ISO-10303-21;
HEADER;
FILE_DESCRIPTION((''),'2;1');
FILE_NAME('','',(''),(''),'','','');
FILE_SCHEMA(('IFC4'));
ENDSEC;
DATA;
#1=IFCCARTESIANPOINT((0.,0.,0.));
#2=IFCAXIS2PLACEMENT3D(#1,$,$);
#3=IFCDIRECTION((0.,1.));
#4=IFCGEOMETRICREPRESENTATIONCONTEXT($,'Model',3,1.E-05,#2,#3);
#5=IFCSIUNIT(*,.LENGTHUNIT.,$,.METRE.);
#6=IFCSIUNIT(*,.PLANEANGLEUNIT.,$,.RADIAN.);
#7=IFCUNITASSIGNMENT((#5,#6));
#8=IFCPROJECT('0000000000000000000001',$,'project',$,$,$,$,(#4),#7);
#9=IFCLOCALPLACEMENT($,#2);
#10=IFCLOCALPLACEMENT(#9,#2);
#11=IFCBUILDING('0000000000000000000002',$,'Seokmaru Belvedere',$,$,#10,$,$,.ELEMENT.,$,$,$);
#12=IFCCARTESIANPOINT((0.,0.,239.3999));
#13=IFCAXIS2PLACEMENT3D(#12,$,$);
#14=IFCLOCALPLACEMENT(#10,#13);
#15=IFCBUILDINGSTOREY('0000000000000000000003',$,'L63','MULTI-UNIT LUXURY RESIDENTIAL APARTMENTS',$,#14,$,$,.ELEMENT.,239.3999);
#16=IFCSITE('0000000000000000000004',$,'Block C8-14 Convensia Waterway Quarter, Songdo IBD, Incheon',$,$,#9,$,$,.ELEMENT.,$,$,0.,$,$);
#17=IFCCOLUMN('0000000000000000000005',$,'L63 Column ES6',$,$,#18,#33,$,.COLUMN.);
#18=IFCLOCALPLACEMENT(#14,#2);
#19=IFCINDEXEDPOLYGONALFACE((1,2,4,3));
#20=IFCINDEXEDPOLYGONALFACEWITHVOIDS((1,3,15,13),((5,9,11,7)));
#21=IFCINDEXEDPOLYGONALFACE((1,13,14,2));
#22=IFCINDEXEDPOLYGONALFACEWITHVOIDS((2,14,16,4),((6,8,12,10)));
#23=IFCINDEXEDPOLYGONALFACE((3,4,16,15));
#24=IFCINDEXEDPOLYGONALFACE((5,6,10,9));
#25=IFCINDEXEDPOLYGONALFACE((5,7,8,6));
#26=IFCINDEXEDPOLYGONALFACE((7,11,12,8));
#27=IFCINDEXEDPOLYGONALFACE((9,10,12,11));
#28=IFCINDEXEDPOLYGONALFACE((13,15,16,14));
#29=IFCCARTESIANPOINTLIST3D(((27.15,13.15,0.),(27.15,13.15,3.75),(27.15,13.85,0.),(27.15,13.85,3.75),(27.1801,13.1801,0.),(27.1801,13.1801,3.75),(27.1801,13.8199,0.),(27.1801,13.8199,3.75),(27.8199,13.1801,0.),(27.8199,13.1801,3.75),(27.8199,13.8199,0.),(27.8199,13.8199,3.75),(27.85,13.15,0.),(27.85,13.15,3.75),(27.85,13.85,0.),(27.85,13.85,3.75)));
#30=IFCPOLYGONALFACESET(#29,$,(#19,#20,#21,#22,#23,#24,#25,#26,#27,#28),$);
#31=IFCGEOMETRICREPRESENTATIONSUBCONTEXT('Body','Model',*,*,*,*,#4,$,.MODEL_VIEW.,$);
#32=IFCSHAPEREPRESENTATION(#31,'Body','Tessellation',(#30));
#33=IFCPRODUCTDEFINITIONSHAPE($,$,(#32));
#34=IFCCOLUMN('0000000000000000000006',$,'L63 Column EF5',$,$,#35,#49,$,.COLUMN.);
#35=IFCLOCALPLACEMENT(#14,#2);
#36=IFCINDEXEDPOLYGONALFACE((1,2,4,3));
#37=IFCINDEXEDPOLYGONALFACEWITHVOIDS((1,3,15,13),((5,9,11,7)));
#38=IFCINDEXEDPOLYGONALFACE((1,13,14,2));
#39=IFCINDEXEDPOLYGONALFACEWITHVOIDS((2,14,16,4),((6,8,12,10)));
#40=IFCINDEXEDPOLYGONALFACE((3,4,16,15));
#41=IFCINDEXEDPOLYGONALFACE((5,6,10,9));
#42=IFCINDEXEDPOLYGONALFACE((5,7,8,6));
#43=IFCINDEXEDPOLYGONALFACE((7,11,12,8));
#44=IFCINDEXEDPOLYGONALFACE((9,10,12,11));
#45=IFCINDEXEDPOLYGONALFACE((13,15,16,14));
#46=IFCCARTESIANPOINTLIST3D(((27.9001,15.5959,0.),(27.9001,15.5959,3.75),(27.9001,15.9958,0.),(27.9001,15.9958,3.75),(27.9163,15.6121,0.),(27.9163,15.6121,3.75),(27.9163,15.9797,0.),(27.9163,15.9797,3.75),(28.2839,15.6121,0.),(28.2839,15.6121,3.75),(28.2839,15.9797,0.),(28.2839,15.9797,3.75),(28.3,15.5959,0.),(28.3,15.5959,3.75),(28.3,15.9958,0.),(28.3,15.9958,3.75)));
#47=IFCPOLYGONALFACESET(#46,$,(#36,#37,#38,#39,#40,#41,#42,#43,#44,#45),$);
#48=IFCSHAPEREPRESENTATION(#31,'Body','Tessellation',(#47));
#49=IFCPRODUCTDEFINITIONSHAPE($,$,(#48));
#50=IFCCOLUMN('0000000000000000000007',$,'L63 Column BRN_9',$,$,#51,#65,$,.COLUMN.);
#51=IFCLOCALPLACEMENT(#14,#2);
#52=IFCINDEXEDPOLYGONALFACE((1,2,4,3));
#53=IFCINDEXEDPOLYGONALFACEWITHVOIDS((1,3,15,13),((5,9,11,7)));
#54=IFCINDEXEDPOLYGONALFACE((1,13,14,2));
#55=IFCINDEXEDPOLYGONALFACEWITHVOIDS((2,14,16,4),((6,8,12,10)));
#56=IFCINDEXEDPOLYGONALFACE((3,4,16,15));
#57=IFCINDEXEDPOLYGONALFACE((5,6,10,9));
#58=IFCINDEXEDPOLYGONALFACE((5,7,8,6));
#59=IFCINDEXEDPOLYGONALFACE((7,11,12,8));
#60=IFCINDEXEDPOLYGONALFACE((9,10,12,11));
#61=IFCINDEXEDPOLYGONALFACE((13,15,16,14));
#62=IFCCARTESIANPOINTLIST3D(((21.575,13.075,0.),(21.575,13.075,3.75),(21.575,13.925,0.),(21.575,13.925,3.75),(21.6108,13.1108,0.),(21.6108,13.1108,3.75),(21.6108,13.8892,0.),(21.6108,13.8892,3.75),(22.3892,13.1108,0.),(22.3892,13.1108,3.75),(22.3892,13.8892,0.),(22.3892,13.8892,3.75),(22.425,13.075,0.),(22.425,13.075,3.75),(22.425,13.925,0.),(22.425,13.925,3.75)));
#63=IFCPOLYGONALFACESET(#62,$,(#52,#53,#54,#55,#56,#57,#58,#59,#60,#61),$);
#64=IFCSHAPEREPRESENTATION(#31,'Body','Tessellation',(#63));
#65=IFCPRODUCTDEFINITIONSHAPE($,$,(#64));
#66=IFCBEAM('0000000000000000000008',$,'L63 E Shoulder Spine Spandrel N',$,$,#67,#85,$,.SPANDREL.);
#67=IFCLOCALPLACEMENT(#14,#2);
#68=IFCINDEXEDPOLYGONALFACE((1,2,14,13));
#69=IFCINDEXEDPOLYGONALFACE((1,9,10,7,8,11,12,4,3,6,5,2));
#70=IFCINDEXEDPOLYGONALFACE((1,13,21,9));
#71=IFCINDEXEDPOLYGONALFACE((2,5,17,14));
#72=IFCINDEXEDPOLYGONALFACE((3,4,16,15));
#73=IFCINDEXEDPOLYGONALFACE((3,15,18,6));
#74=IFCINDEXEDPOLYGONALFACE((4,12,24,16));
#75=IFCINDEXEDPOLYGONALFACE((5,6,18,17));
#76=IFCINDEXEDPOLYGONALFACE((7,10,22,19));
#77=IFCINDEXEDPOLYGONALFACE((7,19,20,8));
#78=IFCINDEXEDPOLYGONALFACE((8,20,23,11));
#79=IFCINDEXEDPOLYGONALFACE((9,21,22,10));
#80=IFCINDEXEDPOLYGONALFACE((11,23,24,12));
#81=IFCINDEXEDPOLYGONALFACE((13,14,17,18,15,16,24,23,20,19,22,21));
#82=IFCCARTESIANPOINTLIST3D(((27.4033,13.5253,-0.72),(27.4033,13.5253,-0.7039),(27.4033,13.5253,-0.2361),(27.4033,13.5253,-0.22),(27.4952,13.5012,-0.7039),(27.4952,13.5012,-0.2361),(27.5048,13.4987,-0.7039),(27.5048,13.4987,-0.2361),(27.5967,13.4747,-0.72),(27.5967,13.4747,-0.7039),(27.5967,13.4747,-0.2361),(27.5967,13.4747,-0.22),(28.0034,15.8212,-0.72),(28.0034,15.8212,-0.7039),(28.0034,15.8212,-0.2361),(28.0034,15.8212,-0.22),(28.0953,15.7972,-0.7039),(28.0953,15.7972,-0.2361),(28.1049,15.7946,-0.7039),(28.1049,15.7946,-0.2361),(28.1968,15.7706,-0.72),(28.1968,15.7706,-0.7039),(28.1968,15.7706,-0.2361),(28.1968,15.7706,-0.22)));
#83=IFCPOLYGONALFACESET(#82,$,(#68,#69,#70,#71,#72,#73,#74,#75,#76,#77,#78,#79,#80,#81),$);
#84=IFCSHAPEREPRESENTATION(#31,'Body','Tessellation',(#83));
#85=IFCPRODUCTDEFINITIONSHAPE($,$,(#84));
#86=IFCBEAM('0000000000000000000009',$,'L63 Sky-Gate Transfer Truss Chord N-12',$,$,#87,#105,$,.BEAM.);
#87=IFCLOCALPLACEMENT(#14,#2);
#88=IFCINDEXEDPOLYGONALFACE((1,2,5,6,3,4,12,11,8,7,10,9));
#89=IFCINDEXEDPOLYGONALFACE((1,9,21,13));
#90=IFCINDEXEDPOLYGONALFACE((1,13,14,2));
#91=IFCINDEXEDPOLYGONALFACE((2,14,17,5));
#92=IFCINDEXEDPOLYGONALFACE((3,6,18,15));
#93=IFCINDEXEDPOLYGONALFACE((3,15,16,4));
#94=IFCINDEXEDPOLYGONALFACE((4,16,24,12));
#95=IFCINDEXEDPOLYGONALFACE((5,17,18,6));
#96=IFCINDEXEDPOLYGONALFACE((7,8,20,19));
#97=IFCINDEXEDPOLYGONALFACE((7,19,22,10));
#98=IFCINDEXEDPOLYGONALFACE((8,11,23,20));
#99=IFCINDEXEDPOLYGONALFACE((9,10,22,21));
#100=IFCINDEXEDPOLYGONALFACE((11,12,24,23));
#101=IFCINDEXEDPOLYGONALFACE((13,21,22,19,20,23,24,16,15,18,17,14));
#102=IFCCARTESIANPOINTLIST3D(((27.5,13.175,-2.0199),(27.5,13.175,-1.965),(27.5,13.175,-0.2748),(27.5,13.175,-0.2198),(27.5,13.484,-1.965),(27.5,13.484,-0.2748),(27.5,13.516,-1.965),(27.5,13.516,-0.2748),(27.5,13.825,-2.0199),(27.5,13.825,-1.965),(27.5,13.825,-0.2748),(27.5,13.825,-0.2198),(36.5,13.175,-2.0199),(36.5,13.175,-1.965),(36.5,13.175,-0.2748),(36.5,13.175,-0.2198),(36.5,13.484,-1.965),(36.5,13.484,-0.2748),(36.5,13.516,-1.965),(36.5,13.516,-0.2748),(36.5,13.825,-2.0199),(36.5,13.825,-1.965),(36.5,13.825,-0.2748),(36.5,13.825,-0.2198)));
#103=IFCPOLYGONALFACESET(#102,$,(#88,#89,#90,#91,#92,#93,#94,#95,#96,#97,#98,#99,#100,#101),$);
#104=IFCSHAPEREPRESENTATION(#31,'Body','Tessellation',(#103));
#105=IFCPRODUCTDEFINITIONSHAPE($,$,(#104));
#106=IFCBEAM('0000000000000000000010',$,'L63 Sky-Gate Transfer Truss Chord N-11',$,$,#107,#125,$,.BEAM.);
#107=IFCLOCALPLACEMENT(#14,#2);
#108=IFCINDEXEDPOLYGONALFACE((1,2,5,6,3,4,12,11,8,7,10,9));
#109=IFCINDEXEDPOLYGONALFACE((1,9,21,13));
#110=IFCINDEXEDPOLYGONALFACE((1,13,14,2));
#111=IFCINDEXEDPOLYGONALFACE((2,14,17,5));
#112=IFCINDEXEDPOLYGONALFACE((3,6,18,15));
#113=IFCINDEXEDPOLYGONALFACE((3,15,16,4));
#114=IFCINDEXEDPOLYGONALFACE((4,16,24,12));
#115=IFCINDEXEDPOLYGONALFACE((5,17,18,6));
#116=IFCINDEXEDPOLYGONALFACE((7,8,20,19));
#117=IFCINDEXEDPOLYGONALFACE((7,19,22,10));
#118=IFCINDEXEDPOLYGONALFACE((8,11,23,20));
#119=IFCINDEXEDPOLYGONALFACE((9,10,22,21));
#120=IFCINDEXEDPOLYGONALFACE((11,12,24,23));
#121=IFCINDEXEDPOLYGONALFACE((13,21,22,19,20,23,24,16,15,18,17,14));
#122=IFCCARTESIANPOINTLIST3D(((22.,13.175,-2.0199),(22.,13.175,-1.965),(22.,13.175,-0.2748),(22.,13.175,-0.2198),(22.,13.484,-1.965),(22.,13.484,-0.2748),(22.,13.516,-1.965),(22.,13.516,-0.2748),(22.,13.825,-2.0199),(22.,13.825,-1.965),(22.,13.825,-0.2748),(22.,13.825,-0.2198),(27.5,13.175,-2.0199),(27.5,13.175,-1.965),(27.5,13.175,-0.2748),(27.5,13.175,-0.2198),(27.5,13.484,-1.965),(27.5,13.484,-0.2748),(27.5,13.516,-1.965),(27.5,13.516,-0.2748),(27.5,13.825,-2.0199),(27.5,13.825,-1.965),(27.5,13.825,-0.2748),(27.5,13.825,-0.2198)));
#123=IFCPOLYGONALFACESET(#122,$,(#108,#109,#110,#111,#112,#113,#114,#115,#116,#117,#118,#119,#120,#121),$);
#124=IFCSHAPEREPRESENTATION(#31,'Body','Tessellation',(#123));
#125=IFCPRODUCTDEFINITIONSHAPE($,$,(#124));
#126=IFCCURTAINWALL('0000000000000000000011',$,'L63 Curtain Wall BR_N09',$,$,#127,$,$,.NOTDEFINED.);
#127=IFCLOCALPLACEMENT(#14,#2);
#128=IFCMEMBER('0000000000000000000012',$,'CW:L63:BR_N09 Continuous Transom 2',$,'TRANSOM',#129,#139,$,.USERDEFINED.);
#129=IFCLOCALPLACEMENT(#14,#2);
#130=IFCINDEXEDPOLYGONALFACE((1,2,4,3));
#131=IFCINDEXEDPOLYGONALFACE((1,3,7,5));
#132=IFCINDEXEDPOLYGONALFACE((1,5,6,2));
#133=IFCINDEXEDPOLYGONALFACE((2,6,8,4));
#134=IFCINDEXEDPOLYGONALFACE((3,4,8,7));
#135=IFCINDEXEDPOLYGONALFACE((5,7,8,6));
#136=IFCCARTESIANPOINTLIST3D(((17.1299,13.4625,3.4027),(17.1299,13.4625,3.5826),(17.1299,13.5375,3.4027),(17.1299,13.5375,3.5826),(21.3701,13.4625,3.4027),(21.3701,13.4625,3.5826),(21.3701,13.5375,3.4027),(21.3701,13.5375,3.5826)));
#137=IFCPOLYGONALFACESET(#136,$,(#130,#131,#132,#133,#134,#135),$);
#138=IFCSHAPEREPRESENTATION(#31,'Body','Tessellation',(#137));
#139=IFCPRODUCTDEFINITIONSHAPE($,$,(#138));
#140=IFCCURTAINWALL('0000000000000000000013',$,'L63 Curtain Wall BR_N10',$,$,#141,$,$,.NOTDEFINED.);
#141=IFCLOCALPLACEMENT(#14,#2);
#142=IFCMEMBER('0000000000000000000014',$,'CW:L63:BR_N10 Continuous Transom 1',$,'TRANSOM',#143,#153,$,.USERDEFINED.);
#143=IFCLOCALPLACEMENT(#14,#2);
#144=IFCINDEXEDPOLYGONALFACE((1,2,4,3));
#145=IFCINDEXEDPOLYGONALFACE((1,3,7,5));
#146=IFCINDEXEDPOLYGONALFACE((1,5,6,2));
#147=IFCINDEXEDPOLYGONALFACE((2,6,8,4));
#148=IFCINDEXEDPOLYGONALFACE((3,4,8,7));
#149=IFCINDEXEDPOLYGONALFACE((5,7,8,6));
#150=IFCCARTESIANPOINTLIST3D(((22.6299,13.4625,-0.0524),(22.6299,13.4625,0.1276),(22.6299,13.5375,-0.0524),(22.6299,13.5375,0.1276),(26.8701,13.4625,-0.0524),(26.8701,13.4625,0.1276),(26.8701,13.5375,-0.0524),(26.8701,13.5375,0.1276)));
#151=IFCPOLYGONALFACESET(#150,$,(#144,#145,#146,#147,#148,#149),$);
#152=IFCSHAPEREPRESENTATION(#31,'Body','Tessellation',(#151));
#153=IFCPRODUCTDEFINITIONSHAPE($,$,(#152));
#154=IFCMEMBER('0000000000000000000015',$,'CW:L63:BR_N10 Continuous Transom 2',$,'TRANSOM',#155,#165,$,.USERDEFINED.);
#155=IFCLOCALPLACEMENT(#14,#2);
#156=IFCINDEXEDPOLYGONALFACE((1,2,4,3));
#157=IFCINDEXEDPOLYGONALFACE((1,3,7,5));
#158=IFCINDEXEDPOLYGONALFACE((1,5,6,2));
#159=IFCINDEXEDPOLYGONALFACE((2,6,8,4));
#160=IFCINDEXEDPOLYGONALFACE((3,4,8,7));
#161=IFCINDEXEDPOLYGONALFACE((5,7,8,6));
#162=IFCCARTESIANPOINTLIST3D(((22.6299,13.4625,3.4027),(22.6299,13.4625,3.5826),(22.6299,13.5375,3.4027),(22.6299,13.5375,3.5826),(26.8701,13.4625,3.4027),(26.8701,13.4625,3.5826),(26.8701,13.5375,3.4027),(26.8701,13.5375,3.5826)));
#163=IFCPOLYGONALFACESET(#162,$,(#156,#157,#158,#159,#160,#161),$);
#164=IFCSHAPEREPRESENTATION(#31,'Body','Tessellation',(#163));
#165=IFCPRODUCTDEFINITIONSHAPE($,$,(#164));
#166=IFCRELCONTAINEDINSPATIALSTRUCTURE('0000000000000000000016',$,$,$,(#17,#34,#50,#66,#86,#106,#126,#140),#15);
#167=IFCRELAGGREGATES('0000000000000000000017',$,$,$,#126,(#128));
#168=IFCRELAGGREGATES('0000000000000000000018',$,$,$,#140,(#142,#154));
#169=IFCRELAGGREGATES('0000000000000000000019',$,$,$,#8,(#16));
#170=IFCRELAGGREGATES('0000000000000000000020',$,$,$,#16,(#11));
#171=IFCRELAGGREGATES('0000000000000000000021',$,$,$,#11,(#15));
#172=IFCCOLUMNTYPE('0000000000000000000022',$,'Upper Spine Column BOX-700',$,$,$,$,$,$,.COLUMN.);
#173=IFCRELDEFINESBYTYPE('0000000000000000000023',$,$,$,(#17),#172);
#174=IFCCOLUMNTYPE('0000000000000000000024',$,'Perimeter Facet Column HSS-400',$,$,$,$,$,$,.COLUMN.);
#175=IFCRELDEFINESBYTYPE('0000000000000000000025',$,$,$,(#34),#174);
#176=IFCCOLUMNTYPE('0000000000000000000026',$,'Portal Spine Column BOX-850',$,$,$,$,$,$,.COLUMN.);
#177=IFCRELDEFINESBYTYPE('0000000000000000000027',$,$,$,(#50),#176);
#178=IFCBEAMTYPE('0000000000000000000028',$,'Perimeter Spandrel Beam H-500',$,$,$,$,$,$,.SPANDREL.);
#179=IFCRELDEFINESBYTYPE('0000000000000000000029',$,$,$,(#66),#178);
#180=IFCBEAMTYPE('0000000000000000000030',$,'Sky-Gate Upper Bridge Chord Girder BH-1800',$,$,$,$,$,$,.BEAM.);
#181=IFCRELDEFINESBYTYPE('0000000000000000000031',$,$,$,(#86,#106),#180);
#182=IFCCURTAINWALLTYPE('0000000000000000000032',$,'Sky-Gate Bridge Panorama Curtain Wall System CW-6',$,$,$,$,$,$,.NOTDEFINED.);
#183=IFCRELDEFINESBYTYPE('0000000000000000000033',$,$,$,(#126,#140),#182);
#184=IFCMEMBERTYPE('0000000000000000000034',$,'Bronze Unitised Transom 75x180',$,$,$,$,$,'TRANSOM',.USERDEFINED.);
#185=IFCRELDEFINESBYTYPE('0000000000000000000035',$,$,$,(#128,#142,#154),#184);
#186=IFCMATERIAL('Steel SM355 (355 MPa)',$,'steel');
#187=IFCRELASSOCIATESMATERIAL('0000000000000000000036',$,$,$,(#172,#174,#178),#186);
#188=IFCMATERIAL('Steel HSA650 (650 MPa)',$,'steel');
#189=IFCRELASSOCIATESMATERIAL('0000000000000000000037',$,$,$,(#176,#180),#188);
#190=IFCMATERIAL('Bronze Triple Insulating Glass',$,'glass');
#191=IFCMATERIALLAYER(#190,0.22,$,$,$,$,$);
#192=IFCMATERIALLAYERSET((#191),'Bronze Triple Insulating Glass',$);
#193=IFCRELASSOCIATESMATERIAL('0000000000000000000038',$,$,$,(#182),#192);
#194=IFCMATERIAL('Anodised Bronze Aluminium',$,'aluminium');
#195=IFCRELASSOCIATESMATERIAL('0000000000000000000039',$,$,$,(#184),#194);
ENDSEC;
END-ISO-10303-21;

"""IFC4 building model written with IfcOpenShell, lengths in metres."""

from ifc_helpers import new_model, si_unit, direction, frame, origin, origin_2d, place, context, subcontext, project, spatial, rectangle, hollow_rectangle, i_section, extrude, source, transform, mapped, material, layer, layer_set, material_profile, profile_set, type_object, type_shapes, element, aggregate, save


model = new_model("IFC4")

# Units and contexts
model_context = context("Model", 3, precision=1e-05, world=origin(), true_north=direction((0.0, 1.0)))
body_context = subcontext(model_context, "Body", "Model", "MODEL_VIEW")
ifc_project = project(units=[si_unit("LENGTHUNIT", "METRE"), si_unit("PLANEANGLEUNIT", "RADIAN")], contexts=[model_context])

# Site, building, storey
site_placement = place(None, origin())
site = spatial("IfcSite", under=ifc_project, at=site_placement, Name="Block C8-14 Convensia Waterway Quarter, Songdo IBD, Incheon", CompositionType="ELEMENT", RefElevation=0.0)
building_placement = place(site_placement, origin())
building = spatial("IfcBuilding", under=site, at=building_placement, Name="Seokmaru Belvedere", CompositionType="ELEMENT")
storey_placement = place(building_placement, frame((0.0, 0.0, 239.3999)))
storey = spatial("IfcBuildingStorey", under=building, at=storey_placement, Name="L63", Description="MULTI-UNIT LUXURY RESIDENTIAL APARTMENTS", CompositionType="ELEMENT", Elevation=239.3999)

# Columns
ifc_material_1 = material(Name="Steel SM355 (355 MPa)", Category="steel")
ifc_material_profile_1 = material_profile(ifc_material_1, hollow_rectangle(XDim=0.7, YDim=0.7, WallThickness=0.03, at=origin_2d()), Name="BOX-700x700x30")
ifc_profile_set_1 = profile_set([ifc_material_profile_1], Name="Steel SM355 (355 MPa)")
column_type_1 = type_object("IfcColumnType", Name="Upper Spine Column BOX-700", PredefinedType="COLUMN", material=ifc_profile_set_1)
shared_shape_1 = source(origin(), body_context, "Body", "SweptSolid", [
    extrude(hollow_rectangle(XDim=0.7, YDim=0.7, WallThickness=0.03, at=origin_2d()), origin(), (0.0, 0.0, 1.0), 3.75),
])
type_shapes(column_type_1, [shared_shape_1])
column_1_placement = place(storey_placement, frame((27.5, 13.5, 0.0), z_axis=(0.0, 0.0, 1.0), x_axis=(1.0, 0.0, 0.0)))
element("IfcColumn", 1, at=column_1_placement, inside=storey, type_object=column_type_1, Name="L63 Column ES6", PredefinedType="COLUMN", context=body_context, shape_type="MappedRepresentation", body=[
    mapped(shared_shape_1, transform((0.0, 0.0, 0.0), scale=1.0)),
])
ifc_material_profile_2 = material_profile(ifc_material_1, hollow_rectangle(XDim=0.3999, YDim=0.3999, WallThickness=0.0161, at=origin_2d()), Name="HSS-400x400x16")
ifc_profile_set_2 = profile_set([ifc_material_profile_2], Name="Steel SM355 (355 MPa)")
column_type_2 = type_object("IfcColumnType", Name="Perimeter Facet Column HSS-400", PredefinedType="COLUMN", material=ifc_profile_set_2)
shared_shape_2 = source(origin(), body_context, "Body", "SweptSolid", [
    extrude(hollow_rectangle(XDim=0.3999, YDim=0.3999, WallThickness=0.0161, at=origin_2d()), origin(), (0.0, 0.0, 1.0), 3.75),
])
type_shapes(column_type_2, [shared_shape_2])
column_2_placement = place(storey_placement, frame((28.1001, 15.7959, 0.0), z_axis=(0.0, 0.0, 1.0), x_axis=(1.0, 0.0, 0.0)))
element("IfcColumn", 2, at=column_2_placement, inside=storey, type_object=column_type_2, Name="L63 Column EF5", PredefinedType="COLUMN", context=body_context, shape_type="MappedRepresentation", body=[
    mapped(shared_shape_2, transform((0.0, 0.0, 0.0), scale=1.0)),
])
ifc_material_2 = material(Name="Steel HSA650 (650 MPa)", Category="steel")
ifc_material_profile_3 = material_profile(ifc_material_2, hollow_rectangle(XDim=0.8501, YDim=0.8501, WallThickness=0.0359, at=origin_2d()), Name="BOX-850x850x36")
ifc_profile_set_3 = profile_set([ifc_material_profile_3], Name="Steel HSA650 (650 MPa)")
column_type_3 = type_object("IfcColumnType", Name="Portal Spine Column BOX-850", PredefinedType="COLUMN", material=ifc_profile_set_3)
shared_shape_3 = source(origin(), body_context, "Body", "SweptSolid", [
    extrude(hollow_rectangle(XDim=0.8501, YDim=0.8501, WallThickness=0.0359, at=origin_2d()), origin(), (0.0, 0.0, 1.0), 3.75),
])
type_shapes(column_type_3, [shared_shape_3])
column_3_placement = place(storey_placement, frame((22.0, 13.5, 0.0), z_axis=(0.0, 0.0, 1.0), x_axis=(1.0, 0.0, 0.0)))
element("IfcColumn", 3, at=column_3_placement, inside=storey, type_object=column_type_3, Name="L63 Column BRN_9", PredefinedType="COLUMN", context=body_context, shape_type="MappedRepresentation", body=[
    mapped(shared_shape_3, transform((0.0, 0.0, 0.0), scale=1.0)),
])

# Beams
ifc_material_profile_4 = material_profile(ifc_material_1, i_section(OverallWidth=0.2, OverallDepth=0.5, WebThickness=0.01, FlangeThickness=0.0161, at=origin_2d()), Name="H-500x200x10x16")
ifc_profile_set_4 = profile_set([ifc_material_profile_4], Name="Steel SM355 (355 MPa)")
beam_type_1 = type_object("IfcBeamType", Name="Perimeter Spandrel Beam H-500", PredefinedType="SPANDREL", material=ifc_profile_set_4)
shared_shape_4 = source(origin(), body_context, "Body", "SweptSolid", [
    extrude(i_section(OverallWidth=0.2, OverallDepth=0.5, WebThickness=0.01, FlangeThickness=0.0161, at=origin_2d()), origin(), (0.0, 0.0, 1.0), 2.373),
])
type_shapes(beam_type_1, [shared_shape_4])
beam_1_placement = place(storey_placement, frame((28.1001, 15.7959, -0.47), z_axis=(-0.252883, -0.967497, 0.0), x_axis=(0.967497, -0.252883, 0.0)))
element("IfcBeam", 4, at=beam_1_placement, inside=storey, type_object=beam_type_1, Name="L63 E Shoulder Spine Spandrel N", PredefinedType="SPANDREL", context=body_context, shape_type="MappedRepresentation", body=[
    mapped(shared_shape_4, transform((0.0, 0.0, 0.0), scale=1.0)),
])
ifc_material_profile_5 = material_profile(ifc_material_2, i_section(OverallWidth=0.6499, OverallDepth=1.8, WebThickness=0.032, FlangeThickness=0.0549, at=origin_2d()), Name="BH-1800x650x32x55")
ifc_profile_set_5 = profile_set([ifc_material_profile_5], Name="Steel HSA650 (650 MPa)")
beam_type_2 = type_object("IfcBeamType", Name="Sky-Gate Upper Bridge Chord Girder BH-1800", PredefinedType="BEAM", material=ifc_profile_set_5)
shared_shape_5 = source(origin(), body_context, "Body", "SweptSolid", [
    extrude(i_section(OverallWidth=0.6499, OverallDepth=1.8, WebThickness=0.032, FlangeThickness=0.0549, at=origin_2d()), origin(), (0.0, 0.0, 1.0), 9.0),
])
beam_2_placement = place(storey_placement, frame((27.5, 13.5, -1.1199), z_axis=(1.0, 0.0, 0.0), x_axis=(0.0, 1.0, 0.0)))
element("IfcBeam", 5, at=beam_2_placement, inside=storey, type_object=beam_type_2, Name="L63 Sky-Gate Transfer Truss Chord N-12", PredefinedType="BEAM", context=body_context, shape_type="MappedRepresentation", body=[
    mapped(shared_shape_5, transform((0.0, 0.0, 0.0), scale=1.0)),
])
shared_shape_6 = source(origin(), body_context, "Body", "SweptSolid", [
    extrude(i_section(OverallWidth=0.6499, OverallDepth=1.8, WebThickness=0.032, FlangeThickness=0.0549, at=origin_2d()), origin(), (0.0, 0.0, 1.0), 5.5),
])
type_shapes(beam_type_2, [shared_shape_5, shared_shape_6])
beam_3_placement = place(storey_placement, frame((22.0, 13.5, -1.1199), z_axis=(1.0, 0.0, 0.0), x_axis=(0.0, 1.0, 0.0)))
element("IfcBeam", 6, at=beam_3_placement, inside=storey, type_object=beam_type_2, Name="L63 Sky-Gate Transfer Truss Chord N-11", PredefinedType="BEAM", context=body_context, shape_type="MappedRepresentation", body=[
    mapped(shared_shape_6, transform((0.0, 0.0, 0.0), scale=1.0)),
])

# Curtain wall, member
ifc_material_3 = material(Name="Bronze Triple Insulating Glass", Category="glass")
ifc_layer_1 = layer(ifc_material_3, 0.22)
ifc_layer_set_1 = layer_set([ifc_layer_1], Name="Bronze Triple Insulating Glass")
curtain_wall_type = type_object("IfcCurtainWallType", Name="Sky-Gate Bridge Panorama Curtain Wall System CW-6", PredefinedType="NOTDEFINED", material=ifc_layer_set_1)
curtain_wall_1_placement = place(storey_placement, origin())
curtain_wall_1 = element("IfcCurtainWall", 7, at=curtain_wall_1_placement, inside=storey, type_object=curtain_wall_type, Name="L63 Curtain Wall BR_N09", PredefinedType="NOTDEFINED")
ifc_material_4 = material(Name="Anodised Bronze Aluminium", Category="aluminium")
ifc_material_profile_6 = material_profile(ifc_material_4, rectangle(XDim=0.075, YDim=0.1799, at=origin_2d()), Name="CW-T-75x180")
ifc_profile_set_6 = profile_set([ifc_material_profile_6], Name="Anodised Bronze Aluminium")
member_type_1 = type_object("IfcMemberType", Name="Bronze Unitised Transom 75x180", ElementType="TRANSOM", PredefinedType="USERDEFINED", material=ifc_profile_set_6)
shared_shape_7 = source(origin(), body_context, "Body", "SweptSolid", [
    extrude(rectangle(XDim=0.075, YDim=0.1799, at=origin_2d()), origin(), (0.0, 0.0, 1.0), 4.2402),
])
type_shapes(member_type_1, [shared_shape_7])
member_1_placement = place(storey_placement, frame((21.3701, 13.5, 3.4927), z_axis=(-1.0, 0.0, 0.0), x_axis=(0.0, -1.0, 0.0)))
member_1 = element("IfcMember", 8, at=member_1_placement, type_object=member_type_1, Name="CW:L63:BR_N09 Continuous Transom 2", ObjectType="TRANSOM", PredefinedType="USERDEFINED", context=body_context, shape_type="MappedRepresentation", body=[
    mapped(shared_shape_7, transform((0.0, 0.0, 0.0), scale=1.0)),
])

# Curtain wall, members
curtain_wall_2_placement = place(storey_placement, origin())
curtain_wall_2 = element("IfcCurtainWall", 9, at=curtain_wall_2_placement, inside=storey, type_object=curtain_wall_type, Name="L63 Curtain Wall BR_N10", PredefinedType="NOTDEFINED")
member_2_placement = place(storey_placement, frame((26.8701, 13.5, 0.0376), z_axis=(-1.0, 0.0, 0.0), x_axis=(0.0, -1.0, 0.0)))
member_2 = element("IfcMember", 10, at=member_2_placement, type_object=member_type_1, Name="CW:L63:BR_N10 Continuous Transom 1", ObjectType="TRANSOM", PredefinedType="USERDEFINED", context=body_context, shape_type="MappedRepresentation", body=[
    mapped(shared_shape_7, transform((0.0, 0.0, 0.0), scale=1.0)),
])
member_3_placement = place(storey_placement, frame((26.8701, 13.5, 3.4927), z_axis=(-1.0, 0.0, 0.0), x_axis=(0.0, -1.0, 0.0)))
member_3 = element("IfcMember", 11, at=member_3_placement, type_object=member_type_1, Name="CW:L63:BR_N10 Continuous Transom 2", ObjectType="TRANSOM", PredefinedType="USERDEFINED", context=body_context, shape_type="MappedRepresentation", body=[
    mapped(shared_shape_7, transform((0.0, 0.0, 0.0), scale=1.0)),
])

aggregate(curtain_wall_1, [member_1])

aggregate(curtain_wall_2, [member_2, member_3])

save(model, "model.ifc")
